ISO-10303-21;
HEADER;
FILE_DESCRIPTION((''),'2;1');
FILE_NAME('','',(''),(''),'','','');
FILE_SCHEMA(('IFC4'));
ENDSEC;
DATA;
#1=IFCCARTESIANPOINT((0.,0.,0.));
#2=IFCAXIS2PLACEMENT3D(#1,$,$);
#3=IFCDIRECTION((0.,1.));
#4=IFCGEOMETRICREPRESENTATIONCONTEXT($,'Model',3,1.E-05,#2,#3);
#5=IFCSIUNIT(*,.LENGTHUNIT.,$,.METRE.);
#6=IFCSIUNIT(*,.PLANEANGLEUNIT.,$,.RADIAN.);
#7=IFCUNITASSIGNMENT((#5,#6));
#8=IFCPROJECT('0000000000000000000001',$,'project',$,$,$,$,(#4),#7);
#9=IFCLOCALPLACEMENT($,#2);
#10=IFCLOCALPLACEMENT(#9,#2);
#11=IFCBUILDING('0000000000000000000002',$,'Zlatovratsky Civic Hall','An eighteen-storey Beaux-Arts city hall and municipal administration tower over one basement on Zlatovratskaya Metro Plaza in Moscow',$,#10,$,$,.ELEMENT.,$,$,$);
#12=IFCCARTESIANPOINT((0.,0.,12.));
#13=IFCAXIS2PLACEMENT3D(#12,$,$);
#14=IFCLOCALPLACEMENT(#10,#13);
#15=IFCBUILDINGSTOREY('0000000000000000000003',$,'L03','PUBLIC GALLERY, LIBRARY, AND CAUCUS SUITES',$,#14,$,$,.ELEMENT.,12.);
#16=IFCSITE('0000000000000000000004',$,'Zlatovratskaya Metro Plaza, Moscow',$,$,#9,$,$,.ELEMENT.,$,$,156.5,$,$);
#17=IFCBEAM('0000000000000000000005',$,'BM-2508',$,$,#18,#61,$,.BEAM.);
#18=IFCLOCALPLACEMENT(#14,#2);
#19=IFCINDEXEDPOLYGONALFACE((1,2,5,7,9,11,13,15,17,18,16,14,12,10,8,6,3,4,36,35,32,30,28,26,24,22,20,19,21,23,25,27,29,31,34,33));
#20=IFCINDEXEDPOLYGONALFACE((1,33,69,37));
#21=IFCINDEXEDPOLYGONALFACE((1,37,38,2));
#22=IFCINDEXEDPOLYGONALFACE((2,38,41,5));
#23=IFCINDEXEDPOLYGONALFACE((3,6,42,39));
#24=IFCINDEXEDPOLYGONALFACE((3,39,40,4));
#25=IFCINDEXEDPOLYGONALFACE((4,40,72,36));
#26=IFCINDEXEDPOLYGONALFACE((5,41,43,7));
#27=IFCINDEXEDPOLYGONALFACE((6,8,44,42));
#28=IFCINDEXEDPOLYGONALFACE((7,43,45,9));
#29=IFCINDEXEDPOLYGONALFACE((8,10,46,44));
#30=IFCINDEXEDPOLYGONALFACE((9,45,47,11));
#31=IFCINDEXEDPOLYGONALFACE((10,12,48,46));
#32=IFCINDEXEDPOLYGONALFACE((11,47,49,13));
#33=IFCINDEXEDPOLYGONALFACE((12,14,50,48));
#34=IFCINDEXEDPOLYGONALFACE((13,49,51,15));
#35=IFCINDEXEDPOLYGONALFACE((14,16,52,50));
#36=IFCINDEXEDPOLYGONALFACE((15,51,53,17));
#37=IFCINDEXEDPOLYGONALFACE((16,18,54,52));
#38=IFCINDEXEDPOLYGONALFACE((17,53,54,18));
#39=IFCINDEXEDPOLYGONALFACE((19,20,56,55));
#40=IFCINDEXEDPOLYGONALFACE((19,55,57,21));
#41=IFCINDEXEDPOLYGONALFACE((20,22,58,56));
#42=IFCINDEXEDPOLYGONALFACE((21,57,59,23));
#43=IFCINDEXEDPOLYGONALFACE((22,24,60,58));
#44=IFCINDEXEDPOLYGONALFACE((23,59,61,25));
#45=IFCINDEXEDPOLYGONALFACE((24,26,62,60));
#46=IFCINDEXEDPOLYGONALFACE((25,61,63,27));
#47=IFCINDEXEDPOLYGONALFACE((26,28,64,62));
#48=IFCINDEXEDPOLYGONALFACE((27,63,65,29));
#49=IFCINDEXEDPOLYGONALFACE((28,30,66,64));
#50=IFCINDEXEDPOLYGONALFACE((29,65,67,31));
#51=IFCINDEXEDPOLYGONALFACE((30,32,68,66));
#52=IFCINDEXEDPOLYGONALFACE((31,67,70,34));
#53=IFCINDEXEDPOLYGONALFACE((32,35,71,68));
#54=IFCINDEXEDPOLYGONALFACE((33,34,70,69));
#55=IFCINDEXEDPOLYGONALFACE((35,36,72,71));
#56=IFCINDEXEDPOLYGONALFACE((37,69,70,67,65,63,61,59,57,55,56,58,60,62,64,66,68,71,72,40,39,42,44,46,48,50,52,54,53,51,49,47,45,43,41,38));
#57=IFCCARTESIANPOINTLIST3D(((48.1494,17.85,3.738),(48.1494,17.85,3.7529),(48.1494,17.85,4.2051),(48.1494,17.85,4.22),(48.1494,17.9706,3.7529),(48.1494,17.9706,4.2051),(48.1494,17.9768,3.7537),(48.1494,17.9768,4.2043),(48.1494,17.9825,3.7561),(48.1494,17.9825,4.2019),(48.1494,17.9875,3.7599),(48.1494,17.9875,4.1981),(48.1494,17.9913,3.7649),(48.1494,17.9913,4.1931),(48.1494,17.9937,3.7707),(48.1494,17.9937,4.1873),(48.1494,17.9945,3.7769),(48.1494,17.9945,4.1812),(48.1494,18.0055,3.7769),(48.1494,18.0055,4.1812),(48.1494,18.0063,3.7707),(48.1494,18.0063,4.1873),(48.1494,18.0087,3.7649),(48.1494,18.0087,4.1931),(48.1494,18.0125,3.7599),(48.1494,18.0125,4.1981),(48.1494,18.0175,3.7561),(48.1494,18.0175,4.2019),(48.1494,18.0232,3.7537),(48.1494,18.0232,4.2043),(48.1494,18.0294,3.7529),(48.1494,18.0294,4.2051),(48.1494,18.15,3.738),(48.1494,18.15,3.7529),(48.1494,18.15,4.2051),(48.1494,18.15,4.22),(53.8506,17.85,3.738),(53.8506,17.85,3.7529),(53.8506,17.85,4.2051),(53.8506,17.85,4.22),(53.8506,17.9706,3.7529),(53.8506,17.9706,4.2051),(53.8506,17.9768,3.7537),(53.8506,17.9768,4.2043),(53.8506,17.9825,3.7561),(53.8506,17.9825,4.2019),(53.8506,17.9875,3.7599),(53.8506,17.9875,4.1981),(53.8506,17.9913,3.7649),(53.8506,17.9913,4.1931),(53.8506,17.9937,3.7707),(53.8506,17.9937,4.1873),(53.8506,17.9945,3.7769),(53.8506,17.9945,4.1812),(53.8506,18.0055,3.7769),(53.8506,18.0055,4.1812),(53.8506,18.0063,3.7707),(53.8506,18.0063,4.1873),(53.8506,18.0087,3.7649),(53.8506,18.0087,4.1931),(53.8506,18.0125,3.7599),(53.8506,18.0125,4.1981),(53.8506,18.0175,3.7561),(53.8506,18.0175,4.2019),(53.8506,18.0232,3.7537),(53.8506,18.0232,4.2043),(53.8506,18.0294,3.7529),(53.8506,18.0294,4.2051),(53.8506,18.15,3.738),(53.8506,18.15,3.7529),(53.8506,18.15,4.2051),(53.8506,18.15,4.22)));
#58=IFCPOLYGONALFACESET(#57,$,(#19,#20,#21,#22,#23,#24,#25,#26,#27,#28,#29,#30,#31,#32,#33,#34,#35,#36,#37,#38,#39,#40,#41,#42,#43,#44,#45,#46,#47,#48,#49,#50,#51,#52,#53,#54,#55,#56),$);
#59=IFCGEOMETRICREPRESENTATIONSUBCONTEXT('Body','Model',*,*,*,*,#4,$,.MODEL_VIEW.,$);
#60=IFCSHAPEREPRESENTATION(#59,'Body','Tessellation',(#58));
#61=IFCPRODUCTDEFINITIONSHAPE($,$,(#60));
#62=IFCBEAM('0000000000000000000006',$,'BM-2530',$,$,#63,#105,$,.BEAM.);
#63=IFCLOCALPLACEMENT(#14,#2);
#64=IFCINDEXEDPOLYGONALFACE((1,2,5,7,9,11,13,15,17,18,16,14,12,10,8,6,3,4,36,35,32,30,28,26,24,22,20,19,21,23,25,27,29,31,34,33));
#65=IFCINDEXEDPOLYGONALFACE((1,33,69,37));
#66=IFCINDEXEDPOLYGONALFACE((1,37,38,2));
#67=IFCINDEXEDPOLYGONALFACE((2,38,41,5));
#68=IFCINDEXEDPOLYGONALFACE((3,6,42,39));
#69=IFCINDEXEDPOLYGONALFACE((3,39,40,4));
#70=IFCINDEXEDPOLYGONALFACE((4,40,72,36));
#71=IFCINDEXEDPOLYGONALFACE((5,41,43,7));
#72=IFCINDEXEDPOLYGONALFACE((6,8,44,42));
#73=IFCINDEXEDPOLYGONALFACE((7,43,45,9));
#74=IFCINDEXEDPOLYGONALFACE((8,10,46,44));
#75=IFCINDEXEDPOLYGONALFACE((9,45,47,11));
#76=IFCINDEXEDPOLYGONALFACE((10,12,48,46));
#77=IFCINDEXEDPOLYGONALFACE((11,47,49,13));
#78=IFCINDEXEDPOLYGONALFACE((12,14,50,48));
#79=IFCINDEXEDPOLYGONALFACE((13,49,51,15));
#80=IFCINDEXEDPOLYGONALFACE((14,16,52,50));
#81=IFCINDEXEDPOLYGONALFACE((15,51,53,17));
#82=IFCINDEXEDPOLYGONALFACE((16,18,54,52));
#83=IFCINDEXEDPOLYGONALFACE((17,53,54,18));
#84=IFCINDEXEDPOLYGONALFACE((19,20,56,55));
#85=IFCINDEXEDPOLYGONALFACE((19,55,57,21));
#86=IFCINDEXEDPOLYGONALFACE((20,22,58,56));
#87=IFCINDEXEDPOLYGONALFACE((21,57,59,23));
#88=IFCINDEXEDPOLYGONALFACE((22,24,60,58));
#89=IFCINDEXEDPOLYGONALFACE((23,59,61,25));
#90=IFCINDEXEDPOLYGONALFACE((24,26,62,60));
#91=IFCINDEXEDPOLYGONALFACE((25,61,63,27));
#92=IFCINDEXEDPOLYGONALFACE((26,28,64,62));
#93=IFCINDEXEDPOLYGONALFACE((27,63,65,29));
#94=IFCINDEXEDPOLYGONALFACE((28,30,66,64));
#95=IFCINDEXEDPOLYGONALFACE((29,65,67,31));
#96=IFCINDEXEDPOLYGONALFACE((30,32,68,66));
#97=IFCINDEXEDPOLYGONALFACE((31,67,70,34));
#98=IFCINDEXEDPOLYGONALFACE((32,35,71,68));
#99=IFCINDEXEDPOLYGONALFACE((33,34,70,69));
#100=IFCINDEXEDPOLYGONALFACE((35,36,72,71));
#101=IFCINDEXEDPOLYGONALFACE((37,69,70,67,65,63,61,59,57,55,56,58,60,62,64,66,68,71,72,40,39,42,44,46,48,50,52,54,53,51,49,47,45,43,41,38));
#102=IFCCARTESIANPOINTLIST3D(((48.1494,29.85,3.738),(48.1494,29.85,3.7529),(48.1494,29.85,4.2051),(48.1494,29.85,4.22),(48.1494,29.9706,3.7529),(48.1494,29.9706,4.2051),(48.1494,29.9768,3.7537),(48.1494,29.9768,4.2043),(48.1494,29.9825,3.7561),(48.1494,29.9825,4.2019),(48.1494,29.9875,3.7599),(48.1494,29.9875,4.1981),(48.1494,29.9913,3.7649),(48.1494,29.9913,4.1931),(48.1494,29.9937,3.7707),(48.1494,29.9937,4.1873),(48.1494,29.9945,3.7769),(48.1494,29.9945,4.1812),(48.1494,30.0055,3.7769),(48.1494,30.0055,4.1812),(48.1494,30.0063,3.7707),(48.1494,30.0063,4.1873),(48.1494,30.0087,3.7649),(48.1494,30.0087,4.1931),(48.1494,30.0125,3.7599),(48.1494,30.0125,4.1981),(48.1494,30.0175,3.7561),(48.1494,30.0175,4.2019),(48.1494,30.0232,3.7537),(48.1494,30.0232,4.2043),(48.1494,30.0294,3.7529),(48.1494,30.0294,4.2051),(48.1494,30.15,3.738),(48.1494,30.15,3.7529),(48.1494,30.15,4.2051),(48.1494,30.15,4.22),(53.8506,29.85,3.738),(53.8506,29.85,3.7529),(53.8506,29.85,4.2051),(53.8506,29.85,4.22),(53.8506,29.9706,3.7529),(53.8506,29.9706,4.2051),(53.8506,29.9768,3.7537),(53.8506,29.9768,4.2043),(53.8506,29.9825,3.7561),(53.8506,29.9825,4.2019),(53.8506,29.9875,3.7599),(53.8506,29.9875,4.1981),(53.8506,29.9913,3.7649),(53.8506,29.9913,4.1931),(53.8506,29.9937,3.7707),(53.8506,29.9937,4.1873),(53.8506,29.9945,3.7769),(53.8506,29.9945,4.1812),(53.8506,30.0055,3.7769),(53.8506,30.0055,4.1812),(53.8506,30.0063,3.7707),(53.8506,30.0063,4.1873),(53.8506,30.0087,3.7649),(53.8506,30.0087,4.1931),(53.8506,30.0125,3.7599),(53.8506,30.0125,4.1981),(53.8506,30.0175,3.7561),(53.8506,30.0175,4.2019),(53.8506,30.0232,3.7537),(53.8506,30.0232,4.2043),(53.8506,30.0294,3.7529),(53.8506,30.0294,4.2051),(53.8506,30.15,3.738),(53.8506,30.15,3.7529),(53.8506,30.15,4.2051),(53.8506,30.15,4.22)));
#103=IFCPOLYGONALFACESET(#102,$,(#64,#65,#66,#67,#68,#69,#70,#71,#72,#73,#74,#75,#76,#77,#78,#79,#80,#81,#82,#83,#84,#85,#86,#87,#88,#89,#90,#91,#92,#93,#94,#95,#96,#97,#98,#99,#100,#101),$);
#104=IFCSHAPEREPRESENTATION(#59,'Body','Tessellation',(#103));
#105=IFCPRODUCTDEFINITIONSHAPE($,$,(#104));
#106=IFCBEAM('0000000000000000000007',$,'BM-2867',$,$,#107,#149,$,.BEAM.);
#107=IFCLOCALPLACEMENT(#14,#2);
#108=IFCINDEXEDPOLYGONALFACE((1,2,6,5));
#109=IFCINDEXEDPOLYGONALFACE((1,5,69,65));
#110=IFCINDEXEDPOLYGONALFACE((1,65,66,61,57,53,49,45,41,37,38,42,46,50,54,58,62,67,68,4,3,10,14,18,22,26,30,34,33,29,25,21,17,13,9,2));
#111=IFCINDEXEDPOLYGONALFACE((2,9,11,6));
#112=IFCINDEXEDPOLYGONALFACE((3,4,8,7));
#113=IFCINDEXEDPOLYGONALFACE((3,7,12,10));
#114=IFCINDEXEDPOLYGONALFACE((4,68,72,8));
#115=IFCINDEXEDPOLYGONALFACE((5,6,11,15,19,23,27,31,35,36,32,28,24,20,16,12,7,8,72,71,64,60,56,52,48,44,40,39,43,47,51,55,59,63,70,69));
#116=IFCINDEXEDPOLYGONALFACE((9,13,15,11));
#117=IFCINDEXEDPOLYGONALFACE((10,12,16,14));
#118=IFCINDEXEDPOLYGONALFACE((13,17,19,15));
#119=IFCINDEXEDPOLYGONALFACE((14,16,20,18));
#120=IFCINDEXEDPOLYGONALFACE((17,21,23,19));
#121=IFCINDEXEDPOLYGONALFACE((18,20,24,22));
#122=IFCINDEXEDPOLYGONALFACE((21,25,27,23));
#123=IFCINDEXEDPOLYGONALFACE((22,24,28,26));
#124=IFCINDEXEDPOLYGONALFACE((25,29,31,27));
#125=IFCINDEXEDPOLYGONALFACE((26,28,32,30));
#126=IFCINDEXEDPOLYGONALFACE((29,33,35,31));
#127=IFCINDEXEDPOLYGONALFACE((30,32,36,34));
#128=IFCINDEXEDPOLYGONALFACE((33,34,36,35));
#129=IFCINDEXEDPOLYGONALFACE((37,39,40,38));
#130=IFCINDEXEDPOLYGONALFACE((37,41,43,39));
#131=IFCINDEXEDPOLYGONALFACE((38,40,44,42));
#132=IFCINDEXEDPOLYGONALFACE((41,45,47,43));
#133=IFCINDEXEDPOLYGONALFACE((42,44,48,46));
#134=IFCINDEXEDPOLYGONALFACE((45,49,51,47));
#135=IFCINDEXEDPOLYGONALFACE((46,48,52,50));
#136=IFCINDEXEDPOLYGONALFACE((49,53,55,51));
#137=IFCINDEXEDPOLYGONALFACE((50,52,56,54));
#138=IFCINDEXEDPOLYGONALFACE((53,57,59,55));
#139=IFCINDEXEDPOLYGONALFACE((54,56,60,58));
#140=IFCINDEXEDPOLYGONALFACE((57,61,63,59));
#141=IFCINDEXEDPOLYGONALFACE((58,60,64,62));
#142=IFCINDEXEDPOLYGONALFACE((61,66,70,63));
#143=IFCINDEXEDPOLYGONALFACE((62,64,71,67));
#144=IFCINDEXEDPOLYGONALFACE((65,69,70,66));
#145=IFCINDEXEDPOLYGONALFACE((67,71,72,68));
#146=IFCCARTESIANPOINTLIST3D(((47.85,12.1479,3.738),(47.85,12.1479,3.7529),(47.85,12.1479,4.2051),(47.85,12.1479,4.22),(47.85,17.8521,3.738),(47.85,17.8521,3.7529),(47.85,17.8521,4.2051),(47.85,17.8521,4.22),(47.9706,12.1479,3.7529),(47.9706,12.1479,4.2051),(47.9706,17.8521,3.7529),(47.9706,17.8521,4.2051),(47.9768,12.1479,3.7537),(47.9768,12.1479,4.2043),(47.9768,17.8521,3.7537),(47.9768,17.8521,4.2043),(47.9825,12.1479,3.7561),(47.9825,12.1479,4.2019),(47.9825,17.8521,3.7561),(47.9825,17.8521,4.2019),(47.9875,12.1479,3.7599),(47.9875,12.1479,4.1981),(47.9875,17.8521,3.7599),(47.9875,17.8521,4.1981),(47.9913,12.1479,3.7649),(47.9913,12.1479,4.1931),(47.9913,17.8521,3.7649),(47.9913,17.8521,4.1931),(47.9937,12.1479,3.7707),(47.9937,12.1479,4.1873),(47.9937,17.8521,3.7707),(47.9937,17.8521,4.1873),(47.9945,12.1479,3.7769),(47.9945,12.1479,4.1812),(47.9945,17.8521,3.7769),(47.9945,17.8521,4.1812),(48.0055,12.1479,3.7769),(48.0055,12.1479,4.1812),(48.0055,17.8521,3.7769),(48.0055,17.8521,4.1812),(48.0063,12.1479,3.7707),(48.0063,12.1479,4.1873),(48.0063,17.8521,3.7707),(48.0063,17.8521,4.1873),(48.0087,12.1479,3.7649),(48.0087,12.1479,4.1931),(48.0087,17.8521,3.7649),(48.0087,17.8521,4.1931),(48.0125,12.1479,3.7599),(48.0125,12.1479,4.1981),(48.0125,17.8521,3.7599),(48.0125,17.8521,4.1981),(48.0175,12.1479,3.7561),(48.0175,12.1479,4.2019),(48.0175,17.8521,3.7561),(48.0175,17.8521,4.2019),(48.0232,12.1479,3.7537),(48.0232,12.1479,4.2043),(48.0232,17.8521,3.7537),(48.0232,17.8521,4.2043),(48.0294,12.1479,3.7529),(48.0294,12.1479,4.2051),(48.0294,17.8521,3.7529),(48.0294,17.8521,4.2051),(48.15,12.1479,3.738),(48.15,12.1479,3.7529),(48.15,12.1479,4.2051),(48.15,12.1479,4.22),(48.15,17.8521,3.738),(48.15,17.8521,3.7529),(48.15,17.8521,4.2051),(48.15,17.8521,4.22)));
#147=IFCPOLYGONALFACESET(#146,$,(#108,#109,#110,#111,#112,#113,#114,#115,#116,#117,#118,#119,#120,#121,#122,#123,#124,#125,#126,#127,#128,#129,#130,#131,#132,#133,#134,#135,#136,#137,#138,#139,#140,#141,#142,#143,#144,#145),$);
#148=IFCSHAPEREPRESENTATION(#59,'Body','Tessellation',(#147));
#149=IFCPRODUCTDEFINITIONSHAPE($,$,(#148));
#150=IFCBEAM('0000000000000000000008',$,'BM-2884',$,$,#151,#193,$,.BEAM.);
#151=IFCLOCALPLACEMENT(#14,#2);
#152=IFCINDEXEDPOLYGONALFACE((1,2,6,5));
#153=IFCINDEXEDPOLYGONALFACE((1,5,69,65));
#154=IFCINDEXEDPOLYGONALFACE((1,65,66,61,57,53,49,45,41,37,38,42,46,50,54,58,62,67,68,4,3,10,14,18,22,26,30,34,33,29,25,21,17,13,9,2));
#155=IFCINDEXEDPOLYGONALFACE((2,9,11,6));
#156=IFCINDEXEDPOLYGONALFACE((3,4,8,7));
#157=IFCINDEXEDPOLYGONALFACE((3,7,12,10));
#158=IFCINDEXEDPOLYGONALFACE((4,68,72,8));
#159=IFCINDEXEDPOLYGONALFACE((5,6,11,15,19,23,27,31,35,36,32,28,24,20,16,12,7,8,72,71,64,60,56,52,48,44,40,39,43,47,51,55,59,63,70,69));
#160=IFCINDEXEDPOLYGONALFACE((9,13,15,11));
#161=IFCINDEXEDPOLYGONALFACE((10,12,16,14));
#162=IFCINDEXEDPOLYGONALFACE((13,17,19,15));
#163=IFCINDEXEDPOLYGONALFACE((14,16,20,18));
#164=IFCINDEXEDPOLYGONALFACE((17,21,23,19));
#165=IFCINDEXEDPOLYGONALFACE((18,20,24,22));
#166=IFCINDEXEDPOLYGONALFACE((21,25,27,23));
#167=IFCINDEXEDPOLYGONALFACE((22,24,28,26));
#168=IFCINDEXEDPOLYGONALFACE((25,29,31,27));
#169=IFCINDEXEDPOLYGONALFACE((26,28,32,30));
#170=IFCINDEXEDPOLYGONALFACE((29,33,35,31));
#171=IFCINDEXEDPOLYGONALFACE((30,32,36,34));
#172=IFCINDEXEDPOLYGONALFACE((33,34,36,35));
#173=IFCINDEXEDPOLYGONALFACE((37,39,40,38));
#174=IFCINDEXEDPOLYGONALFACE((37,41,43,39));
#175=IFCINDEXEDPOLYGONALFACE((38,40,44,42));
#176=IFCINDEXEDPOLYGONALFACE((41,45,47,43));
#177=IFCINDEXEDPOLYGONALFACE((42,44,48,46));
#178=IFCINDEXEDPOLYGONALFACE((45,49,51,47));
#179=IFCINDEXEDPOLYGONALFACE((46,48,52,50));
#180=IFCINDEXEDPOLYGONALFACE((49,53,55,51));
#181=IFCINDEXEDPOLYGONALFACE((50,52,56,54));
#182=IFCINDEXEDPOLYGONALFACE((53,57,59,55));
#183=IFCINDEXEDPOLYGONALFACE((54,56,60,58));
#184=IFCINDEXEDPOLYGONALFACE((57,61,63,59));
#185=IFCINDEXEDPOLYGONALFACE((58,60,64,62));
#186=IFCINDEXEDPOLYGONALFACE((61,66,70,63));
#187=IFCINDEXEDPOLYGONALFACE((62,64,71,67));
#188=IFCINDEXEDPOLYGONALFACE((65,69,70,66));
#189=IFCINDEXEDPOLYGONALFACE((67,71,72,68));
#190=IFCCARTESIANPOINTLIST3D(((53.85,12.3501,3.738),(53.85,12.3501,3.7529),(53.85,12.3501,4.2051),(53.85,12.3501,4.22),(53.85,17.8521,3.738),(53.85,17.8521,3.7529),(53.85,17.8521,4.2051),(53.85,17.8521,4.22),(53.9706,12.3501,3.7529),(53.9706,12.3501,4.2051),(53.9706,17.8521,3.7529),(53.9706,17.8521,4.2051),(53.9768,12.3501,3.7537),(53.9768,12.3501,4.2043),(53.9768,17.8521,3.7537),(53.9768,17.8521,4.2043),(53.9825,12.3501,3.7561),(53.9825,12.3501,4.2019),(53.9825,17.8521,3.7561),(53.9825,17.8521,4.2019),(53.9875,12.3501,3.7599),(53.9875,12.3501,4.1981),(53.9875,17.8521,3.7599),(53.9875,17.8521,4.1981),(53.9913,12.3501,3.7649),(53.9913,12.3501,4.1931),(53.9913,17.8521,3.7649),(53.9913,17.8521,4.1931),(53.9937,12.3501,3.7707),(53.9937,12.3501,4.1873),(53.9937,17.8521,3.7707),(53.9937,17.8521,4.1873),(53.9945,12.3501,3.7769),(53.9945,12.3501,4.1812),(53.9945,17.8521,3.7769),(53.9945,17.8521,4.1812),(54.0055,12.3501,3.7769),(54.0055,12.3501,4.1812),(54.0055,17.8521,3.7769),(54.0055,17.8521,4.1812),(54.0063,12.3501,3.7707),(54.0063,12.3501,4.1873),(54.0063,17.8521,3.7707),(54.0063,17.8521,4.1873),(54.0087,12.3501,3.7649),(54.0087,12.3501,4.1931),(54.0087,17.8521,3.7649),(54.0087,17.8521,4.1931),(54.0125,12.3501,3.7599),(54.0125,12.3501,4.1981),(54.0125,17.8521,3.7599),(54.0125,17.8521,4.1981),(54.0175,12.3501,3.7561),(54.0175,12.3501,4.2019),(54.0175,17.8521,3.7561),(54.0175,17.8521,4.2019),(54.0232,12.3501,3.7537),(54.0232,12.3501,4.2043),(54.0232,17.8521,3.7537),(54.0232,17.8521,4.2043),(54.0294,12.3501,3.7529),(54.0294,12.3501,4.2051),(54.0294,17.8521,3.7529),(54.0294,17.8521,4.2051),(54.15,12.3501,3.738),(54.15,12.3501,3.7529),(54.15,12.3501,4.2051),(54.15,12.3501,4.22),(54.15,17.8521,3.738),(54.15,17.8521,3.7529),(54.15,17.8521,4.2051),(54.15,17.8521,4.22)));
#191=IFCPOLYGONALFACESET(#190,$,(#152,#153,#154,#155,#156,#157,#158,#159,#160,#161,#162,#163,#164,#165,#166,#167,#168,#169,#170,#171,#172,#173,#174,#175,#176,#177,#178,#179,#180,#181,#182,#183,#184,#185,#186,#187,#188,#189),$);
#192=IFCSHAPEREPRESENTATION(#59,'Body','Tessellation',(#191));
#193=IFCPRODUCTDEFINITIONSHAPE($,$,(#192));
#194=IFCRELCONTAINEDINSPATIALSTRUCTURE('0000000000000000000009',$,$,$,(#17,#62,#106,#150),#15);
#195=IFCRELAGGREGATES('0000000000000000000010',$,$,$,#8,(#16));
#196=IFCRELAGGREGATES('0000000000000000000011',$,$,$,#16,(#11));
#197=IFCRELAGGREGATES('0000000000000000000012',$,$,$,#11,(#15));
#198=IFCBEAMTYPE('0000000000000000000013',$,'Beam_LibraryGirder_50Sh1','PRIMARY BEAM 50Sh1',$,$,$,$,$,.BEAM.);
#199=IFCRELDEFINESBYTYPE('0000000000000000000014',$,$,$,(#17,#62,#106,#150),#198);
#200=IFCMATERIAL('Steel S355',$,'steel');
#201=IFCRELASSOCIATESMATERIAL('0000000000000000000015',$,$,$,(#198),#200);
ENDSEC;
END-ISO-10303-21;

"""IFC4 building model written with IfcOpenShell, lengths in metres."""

from ifc_helpers import new_model, si_unit, direction, frame, origin, origin_2d, place, context, subcontext, project, spatial, i_section, extrude, material, material_profile, profile_set, type_object, element, save


model = new_model("IFC4")

# Units and contexts
model_context = context("Model", 3, precision=1e-05, world=origin(), true_north=direction((0.0, 1.0)))
body_context = subcontext(model_context, "Body", "Model", "MODEL_VIEW")
ifc_project = project(units=[si_unit("LENGTHUNIT", "METRE"), si_unit("PLANEANGLEUNIT", "RADIAN")], contexts=[model_context])

# Site, building, storey
site_placement = place(None, origin())
site = spatial("IfcSite", under=ifc_project, at=site_placement, Name="Zlatovratskaya Metro Plaza, Moscow", CompositionType="ELEMENT", RefElevation=156.5)
building_placement = place(site_placement, origin())
building = spatial("IfcBuilding", under=site, at=building_placement, Name="Zlatovratsky Civic Hall", Description="An eighteen-storey Beaux-Arts city hall and municipal administration tower over one basement on Zlatovratskaya Metro Plaza in Moscow", CompositionType="ELEMENT")
storey_placement = place(building_placement, frame((0.0, 0.0, 12.0)))
storey = spatial("IfcBuildingStorey", under=building, at=storey_placement, Name="L03", Description="PUBLIC GALLERY, LIBRARY, AND CAUCUS SUITES", CompositionType="ELEMENT", Elevation=12.0)

# Shared definitions
ifc_material_1 = material(Name="Steel S355", Category="steel")

# Beams
ifc_material_profile_1 = material_profile(ifc_material_1, i_section(OverallWidth=0.3, OverallDepth=0.4819, WebThickness=0.011, FlangeThickness=0.0149, FilletRadius=0.0239, at=origin_2d()), Name="50Sh1")
ifc_profile_set_1 = profile_set([ifc_material_profile_1], Name="Steel S355")
beam_type_1 = type_object("IfcBeamType", Name="Beam_LibraryGirder_50Sh1", Description="PRIMARY BEAM 50Sh1", PredefinedType="BEAM", material=ifc_profile_set_1)
for number, where, z_axis, x_axis, name in (
    (1, (48.1494, 18.0, 3.979), (1.0, 0.0, 0.0), (0.0, 1.0, 0.0), "BM-2508"),
    (2, (48.1494, 30.0, 3.979), (1.0, 0.0, 0.0), (0.0, 1.0, 0.0), "BM-2530"),
):
    element("IfcBeam", number, at=place(storey_placement, frame(where, z_axis=z_axis, x_axis=x_axis)), inside=storey, type_object=beam_type_1, Name=name, PredefinedType="BEAM", context=body_context, shape_type="SweptSolid", body=[
        extrude(i_section(OverallWidth=0.3, OverallDepth=0.4819, WebThickness=0.011, FlangeThickness=0.0149, FilletRadius=0.0239, at=origin_2d()), origin(), (0.0, 0.0, 1.0), 5.7012),
    ])
beam_1_placement = place(storey_placement, frame((48.0, 12.1479, 3.979), z_axis=(0.0, 1.0, 0.0), x_axis=(-1.0, 0.0, 0.0)))
element("IfcBeam", 3, at=beam_1_placement, inside=storey, type_object=beam_type_1, Name="BM-2867", PredefinedType="BEAM", context=body_context, shape_type="SweptSolid", body=[
    extrude(i_section(OverallWidth=0.3, OverallDepth=0.4819, WebThickness=0.011, FlangeThickness=0.0149, FilletRadius=0.0239, at=origin_2d()), origin(), (0.0, 0.0, 1.0), 5.7041),
])
beam_2_placement = place(storey_placement, frame((54.0, 12.3501, 3.979), z_axis=(0.0, 1.0, 0.0), x_axis=(-1.0, 0.0, 0.0)))
element("IfcBeam", 4, at=beam_2_placement, inside=storey, type_object=beam_type_1, Name="BM-2884", PredefinedType="BEAM", context=body_context, shape_type="SweptSolid", body=[
    extrude(i_section(OverallWidth=0.3, OverallDepth=0.4819, WebThickness=0.011, FlangeThickness=0.0149, FilletRadius=0.0239, at=origin_2d()), origin(), (0.0, 0.0, 1.0), 5.502),
])

save(model, "model.ifc")
